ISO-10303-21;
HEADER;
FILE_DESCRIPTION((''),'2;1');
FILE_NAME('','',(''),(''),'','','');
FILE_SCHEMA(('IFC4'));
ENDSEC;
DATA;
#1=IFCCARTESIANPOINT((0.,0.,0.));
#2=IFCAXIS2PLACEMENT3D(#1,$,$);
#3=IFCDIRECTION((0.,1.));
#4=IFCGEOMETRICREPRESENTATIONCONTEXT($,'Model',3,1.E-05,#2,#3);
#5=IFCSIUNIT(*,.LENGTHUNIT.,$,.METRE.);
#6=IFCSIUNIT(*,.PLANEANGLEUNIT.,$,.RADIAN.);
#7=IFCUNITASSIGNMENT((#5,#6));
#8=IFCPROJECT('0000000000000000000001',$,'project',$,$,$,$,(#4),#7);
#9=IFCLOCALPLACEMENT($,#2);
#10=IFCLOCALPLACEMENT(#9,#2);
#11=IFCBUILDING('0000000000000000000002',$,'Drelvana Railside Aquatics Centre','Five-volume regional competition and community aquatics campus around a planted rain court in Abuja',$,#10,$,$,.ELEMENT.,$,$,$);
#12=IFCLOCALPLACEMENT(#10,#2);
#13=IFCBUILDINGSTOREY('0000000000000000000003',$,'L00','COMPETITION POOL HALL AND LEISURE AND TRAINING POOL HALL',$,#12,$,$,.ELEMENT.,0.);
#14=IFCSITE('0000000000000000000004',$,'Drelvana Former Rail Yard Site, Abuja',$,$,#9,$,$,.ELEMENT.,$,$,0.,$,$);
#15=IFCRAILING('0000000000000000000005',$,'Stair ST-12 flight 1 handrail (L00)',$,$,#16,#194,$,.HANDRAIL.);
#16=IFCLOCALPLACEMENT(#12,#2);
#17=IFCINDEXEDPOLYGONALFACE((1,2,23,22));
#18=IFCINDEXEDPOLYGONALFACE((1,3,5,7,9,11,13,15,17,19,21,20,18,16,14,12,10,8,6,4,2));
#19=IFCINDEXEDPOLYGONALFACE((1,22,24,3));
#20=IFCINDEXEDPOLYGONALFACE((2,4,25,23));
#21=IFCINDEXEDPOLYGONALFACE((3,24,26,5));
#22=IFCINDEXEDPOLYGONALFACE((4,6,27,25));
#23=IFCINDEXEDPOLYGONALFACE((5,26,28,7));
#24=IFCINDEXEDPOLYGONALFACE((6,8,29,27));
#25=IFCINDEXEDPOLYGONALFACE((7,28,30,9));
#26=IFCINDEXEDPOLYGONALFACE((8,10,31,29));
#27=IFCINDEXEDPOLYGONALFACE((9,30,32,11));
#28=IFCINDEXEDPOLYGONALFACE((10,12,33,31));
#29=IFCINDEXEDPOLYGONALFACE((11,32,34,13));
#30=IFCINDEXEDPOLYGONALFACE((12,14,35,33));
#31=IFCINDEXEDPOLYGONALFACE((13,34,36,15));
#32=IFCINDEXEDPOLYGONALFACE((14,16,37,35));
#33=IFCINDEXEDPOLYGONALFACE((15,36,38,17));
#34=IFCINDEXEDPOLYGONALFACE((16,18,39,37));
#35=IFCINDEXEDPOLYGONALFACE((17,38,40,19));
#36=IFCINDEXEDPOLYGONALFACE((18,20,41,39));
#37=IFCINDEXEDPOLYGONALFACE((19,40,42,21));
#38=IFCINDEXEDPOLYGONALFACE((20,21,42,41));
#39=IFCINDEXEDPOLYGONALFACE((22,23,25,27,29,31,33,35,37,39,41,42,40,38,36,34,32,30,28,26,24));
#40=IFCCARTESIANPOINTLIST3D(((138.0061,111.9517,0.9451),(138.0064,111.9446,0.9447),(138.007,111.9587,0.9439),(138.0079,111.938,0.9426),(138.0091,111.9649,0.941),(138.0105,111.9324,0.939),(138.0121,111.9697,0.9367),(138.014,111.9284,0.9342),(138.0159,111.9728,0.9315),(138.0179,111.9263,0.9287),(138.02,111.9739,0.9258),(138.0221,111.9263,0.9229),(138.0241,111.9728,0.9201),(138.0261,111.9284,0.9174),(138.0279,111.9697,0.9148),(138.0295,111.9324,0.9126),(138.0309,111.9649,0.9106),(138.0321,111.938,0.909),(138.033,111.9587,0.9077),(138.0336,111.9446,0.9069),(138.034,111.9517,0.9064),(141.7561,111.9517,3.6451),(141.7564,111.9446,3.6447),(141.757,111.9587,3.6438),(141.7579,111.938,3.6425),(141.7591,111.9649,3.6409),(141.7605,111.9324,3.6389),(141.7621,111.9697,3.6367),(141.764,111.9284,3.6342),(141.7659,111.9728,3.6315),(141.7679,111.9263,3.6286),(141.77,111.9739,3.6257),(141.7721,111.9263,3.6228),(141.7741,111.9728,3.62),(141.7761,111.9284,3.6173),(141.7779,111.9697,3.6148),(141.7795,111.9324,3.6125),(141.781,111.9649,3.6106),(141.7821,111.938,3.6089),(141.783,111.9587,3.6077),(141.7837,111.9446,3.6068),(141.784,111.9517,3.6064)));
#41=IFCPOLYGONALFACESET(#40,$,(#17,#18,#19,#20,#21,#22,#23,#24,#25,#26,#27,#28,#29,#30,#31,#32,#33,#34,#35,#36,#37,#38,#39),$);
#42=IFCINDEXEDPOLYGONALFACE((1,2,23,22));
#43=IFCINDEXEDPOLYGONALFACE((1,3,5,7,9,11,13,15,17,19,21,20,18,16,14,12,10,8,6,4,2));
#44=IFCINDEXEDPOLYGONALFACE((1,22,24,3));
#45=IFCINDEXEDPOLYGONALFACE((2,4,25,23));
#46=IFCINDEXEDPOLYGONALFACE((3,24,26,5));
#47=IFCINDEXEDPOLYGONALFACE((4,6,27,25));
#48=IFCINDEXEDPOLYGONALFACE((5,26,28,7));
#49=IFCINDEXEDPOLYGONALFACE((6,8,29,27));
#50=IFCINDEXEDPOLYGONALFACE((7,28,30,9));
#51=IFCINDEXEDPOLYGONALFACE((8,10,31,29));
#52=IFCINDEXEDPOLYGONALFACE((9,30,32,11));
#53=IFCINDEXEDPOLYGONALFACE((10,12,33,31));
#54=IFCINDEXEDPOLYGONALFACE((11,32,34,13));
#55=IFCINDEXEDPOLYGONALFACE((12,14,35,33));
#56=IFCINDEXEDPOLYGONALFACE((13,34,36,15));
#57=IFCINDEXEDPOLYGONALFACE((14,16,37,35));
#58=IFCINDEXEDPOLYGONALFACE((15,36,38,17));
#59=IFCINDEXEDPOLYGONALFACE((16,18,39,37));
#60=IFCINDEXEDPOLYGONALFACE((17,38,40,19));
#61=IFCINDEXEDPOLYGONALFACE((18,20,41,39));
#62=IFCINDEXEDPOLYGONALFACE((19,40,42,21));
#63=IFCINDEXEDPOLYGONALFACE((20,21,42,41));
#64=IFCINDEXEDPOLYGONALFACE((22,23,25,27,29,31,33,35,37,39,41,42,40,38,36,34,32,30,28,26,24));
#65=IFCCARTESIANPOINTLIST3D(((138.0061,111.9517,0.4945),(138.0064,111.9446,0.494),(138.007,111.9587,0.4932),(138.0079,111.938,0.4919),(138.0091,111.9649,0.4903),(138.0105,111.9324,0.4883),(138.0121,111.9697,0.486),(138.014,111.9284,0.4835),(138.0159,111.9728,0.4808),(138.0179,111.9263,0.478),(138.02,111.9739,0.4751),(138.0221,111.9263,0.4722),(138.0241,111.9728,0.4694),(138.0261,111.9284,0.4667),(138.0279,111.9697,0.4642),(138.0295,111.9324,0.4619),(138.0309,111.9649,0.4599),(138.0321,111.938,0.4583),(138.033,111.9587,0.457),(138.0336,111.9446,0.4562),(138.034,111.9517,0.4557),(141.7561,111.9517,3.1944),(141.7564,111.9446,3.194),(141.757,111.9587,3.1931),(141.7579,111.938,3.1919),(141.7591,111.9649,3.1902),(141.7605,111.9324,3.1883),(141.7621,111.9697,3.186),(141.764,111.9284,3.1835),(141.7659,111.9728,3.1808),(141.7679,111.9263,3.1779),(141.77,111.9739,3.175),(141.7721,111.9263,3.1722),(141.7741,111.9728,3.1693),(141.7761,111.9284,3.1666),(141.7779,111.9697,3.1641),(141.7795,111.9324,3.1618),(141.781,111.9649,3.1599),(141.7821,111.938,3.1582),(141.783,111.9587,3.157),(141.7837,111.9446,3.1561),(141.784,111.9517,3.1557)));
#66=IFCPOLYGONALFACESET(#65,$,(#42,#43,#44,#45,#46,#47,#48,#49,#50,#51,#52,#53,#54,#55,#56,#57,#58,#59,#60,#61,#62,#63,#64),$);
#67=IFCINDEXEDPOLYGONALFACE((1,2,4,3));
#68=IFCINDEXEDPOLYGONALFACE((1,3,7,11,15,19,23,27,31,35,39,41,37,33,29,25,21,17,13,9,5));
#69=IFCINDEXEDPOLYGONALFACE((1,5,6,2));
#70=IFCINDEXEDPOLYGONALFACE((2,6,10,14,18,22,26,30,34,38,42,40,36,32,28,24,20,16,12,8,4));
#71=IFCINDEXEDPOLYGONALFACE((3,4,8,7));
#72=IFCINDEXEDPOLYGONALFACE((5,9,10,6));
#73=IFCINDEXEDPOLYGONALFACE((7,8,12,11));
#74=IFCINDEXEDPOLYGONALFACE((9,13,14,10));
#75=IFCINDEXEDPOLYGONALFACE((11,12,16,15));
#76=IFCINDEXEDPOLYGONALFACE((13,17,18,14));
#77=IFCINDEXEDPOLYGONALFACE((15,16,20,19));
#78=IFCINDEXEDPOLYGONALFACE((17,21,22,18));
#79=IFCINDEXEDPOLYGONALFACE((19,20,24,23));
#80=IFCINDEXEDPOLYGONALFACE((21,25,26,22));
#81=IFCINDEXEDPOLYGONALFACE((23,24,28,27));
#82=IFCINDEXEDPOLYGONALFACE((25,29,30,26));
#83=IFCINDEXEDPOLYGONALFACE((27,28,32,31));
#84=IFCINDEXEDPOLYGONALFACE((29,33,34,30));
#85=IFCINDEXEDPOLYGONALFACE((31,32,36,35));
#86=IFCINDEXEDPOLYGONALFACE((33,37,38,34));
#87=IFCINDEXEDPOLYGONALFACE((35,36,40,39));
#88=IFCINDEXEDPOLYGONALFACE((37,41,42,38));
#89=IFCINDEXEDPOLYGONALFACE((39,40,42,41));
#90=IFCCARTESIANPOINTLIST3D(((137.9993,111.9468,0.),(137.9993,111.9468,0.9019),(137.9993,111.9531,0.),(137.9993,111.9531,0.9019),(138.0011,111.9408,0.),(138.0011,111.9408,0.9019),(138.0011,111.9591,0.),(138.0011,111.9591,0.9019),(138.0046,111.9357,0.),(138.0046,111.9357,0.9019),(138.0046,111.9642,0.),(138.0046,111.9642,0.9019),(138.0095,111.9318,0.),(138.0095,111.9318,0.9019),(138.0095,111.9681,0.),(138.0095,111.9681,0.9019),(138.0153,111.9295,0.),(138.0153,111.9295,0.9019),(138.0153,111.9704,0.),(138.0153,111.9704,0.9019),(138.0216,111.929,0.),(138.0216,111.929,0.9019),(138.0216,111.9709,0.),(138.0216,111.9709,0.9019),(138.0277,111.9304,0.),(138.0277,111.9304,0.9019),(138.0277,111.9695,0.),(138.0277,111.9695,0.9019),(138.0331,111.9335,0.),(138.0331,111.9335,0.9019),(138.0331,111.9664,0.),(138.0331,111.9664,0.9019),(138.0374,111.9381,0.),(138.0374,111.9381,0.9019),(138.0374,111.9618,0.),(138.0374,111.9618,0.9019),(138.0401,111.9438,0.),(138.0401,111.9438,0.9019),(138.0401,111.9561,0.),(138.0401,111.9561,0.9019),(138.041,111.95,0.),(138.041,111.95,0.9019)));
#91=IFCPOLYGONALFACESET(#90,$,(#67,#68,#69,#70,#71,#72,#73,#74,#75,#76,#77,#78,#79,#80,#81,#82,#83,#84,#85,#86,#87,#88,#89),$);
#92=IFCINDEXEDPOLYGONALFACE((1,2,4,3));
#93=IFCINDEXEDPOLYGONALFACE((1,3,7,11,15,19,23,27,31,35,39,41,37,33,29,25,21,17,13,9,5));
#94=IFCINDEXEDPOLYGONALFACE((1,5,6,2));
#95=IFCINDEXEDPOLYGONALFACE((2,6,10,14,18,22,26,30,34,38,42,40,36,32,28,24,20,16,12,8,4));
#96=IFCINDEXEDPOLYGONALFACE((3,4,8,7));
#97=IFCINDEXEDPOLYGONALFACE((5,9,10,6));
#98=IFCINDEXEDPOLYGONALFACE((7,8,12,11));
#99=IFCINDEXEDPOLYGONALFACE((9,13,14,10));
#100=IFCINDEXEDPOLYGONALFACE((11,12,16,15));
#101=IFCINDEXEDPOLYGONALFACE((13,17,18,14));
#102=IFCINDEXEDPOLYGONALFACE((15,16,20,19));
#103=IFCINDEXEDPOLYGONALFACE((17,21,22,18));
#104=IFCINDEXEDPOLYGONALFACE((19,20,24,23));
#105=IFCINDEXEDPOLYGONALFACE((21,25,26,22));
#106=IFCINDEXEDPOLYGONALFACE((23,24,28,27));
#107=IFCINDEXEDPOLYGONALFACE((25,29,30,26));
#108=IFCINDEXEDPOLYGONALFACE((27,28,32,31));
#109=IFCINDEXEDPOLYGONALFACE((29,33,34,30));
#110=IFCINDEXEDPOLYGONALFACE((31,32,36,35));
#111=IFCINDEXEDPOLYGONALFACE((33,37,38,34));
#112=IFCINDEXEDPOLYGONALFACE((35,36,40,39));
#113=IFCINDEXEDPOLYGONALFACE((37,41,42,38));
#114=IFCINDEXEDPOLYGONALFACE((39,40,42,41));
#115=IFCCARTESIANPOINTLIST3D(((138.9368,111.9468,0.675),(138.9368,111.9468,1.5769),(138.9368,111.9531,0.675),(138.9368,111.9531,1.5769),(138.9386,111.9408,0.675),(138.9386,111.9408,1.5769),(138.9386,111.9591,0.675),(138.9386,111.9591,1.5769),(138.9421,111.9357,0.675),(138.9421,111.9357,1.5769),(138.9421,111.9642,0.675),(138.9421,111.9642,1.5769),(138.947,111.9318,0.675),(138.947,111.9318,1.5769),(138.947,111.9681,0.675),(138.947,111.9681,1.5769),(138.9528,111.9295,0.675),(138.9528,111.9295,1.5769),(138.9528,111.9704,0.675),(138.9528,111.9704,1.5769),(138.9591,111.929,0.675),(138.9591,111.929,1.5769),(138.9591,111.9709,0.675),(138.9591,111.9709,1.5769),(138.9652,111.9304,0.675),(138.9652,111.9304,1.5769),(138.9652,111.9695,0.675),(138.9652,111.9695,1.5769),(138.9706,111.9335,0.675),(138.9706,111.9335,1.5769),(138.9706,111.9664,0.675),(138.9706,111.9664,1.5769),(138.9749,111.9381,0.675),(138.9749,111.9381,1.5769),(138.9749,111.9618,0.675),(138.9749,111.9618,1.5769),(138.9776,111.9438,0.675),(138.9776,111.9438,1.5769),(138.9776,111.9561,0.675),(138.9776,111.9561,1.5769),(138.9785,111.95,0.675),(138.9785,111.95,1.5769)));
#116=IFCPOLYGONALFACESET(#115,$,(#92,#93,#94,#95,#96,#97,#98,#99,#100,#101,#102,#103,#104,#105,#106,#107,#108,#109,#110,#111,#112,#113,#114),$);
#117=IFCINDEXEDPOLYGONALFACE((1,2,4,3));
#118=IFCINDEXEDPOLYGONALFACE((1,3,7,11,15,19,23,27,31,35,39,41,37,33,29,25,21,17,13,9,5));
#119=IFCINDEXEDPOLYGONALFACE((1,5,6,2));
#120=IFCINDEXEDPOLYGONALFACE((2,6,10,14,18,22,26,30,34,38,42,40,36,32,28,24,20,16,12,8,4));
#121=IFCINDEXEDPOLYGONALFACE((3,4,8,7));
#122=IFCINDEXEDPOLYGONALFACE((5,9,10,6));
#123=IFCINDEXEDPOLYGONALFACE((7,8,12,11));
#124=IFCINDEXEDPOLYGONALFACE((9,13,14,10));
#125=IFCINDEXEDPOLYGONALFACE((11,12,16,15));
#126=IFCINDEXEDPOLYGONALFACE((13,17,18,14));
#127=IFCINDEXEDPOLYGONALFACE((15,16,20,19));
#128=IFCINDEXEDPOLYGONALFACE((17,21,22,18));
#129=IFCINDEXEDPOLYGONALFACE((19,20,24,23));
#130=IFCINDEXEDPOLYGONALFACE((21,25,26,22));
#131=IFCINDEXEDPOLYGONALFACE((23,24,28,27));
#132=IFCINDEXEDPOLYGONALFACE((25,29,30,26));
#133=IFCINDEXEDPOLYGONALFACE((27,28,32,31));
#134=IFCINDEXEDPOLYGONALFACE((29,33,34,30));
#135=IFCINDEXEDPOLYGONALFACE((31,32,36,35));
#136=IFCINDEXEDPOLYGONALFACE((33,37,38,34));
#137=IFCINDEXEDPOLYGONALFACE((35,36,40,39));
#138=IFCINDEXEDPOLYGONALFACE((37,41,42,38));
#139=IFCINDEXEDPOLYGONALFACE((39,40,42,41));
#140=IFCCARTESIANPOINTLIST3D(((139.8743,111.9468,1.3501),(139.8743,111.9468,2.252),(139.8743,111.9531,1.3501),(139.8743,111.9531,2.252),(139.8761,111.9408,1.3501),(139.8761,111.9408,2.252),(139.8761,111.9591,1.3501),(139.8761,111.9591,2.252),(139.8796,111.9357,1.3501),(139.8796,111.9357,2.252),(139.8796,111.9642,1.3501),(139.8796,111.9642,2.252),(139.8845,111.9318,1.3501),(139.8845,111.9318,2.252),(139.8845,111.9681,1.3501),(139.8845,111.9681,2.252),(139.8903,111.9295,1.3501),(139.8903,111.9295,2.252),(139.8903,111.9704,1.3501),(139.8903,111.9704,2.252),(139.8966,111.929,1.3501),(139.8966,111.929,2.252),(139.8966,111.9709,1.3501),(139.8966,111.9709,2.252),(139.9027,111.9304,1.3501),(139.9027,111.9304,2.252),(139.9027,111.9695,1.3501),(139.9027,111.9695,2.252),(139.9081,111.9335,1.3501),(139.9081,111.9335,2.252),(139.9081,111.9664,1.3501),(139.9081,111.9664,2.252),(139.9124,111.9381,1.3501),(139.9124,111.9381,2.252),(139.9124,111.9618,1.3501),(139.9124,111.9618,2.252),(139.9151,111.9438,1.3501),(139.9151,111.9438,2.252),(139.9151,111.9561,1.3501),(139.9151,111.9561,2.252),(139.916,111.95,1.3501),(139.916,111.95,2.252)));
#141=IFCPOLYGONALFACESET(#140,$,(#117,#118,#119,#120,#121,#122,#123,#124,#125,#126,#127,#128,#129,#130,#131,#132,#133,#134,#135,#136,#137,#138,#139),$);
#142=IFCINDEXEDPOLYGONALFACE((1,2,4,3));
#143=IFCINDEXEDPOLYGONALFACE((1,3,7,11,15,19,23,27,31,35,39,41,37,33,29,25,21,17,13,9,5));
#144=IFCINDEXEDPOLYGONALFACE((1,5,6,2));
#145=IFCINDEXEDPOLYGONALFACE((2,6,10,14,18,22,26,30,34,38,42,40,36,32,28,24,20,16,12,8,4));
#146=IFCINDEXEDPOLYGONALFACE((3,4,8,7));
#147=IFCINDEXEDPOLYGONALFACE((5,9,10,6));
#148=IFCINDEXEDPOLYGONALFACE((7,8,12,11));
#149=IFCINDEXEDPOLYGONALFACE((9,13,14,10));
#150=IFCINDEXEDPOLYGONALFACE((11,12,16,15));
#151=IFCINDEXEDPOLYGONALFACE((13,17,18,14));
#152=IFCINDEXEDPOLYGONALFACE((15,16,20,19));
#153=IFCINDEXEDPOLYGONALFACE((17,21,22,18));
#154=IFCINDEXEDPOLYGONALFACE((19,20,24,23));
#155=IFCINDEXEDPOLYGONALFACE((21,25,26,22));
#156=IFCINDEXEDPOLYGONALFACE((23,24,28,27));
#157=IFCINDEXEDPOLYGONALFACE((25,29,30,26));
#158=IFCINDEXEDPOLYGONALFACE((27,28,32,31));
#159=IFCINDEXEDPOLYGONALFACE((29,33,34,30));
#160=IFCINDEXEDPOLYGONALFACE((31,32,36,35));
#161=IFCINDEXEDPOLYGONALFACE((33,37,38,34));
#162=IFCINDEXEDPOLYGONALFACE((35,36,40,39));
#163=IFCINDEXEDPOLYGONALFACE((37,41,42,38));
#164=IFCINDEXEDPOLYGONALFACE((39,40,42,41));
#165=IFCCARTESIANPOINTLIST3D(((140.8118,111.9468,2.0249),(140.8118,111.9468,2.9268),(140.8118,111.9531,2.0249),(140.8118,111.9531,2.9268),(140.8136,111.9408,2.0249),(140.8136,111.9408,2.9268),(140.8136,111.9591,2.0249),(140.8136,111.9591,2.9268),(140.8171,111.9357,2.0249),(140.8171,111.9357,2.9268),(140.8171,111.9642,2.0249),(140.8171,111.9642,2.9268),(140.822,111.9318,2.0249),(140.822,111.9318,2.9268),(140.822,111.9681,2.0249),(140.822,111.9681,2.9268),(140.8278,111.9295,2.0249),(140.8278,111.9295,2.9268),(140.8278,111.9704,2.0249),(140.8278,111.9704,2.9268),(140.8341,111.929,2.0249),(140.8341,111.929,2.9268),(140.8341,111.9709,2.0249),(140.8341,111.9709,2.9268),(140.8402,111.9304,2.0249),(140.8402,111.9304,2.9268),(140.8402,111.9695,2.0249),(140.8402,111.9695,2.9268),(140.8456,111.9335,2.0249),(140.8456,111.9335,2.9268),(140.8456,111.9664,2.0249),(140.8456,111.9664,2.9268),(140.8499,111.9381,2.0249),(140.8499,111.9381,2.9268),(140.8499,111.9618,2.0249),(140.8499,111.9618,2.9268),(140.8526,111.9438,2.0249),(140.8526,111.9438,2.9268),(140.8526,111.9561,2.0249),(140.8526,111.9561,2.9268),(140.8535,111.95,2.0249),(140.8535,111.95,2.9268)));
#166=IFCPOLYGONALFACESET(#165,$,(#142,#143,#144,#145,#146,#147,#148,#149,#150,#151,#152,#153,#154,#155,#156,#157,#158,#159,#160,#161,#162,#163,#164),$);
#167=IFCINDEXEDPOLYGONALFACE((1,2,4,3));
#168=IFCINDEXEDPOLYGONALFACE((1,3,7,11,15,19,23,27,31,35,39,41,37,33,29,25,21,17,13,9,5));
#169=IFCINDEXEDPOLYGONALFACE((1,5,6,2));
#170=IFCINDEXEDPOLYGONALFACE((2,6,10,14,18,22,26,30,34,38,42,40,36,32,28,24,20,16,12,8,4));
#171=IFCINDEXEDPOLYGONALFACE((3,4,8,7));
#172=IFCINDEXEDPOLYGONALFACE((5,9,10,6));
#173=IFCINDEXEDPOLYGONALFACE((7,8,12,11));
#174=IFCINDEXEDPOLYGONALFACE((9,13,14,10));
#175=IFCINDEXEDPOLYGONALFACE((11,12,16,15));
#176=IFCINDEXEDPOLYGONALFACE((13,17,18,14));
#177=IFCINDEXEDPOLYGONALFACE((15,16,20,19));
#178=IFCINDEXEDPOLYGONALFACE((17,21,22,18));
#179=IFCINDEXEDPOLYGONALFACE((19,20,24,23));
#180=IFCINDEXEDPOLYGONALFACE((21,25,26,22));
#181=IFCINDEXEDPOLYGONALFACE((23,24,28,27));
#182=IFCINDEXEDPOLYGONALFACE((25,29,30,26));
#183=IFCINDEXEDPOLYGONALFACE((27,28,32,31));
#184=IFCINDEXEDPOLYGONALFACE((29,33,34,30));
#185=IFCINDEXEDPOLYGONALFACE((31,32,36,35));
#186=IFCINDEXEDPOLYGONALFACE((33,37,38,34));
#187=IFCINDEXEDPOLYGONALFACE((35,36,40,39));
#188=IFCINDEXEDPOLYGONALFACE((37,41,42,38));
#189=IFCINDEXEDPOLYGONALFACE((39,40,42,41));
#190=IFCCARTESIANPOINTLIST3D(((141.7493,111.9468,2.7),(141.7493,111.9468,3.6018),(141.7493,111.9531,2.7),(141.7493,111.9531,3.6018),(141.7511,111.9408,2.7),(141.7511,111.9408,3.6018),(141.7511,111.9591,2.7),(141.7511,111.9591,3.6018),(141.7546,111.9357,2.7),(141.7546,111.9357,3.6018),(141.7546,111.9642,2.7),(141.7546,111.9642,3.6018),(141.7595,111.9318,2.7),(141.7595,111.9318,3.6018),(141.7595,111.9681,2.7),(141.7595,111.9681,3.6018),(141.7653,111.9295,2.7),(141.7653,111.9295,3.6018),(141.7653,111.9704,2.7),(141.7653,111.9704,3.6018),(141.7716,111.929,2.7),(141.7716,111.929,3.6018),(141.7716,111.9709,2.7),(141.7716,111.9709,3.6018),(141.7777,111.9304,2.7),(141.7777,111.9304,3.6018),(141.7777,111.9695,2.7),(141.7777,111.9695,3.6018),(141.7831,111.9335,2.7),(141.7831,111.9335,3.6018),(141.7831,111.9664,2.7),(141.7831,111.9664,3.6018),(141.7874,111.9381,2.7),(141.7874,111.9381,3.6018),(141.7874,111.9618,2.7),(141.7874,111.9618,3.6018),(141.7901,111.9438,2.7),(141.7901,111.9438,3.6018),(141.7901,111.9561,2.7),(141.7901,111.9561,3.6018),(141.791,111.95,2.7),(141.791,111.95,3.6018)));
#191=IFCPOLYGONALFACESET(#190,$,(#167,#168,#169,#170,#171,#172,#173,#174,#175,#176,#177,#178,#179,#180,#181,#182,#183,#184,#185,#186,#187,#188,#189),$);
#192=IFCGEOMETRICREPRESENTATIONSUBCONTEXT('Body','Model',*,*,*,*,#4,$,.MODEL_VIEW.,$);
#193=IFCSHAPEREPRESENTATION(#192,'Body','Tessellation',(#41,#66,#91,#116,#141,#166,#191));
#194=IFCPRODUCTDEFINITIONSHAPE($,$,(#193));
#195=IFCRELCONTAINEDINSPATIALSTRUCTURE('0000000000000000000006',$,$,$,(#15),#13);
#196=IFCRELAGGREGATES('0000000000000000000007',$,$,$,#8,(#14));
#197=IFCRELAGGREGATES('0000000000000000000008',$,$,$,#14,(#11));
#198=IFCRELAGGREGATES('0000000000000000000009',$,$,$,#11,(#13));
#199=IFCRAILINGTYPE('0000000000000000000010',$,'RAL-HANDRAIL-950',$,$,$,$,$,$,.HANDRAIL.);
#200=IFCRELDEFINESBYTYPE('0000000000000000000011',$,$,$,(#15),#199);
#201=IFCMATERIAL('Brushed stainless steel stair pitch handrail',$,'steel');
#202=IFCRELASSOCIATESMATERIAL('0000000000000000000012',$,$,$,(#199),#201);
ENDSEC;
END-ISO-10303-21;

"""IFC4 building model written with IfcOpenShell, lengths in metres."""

from ifc_helpers import new_model, si_unit, direction, frame, origin, origin_2d, place, context, subcontext, project, spatial, circle, extrude, material, type_object, element, save


model = new_model("IFC4")

# Units and contexts
model_context = context("Model", 3, precision=1e-05, world=origin(), true_north=direction((0.0, 1.0)))
body_context = subcontext(model_context, "Body", "Model", "MODEL_VIEW")
ifc_project = project(units=[si_unit("LENGTHUNIT", "METRE"), si_unit("PLANEANGLEUNIT", "RADIAN")], contexts=[model_context])

# Site, building, storey
site_placement = place(None, origin())
site = spatial("IfcSite", under=ifc_project, at=site_placement, Name="Drelvana Former Rail Yard Site, Abuja", CompositionType="ELEMENT", RefElevation=0.0)
building_placement = place(site_placement, origin())
building = spatial("IfcBuilding", under=site, at=building_placement, Name="Drelvana Railside Aquatics Centre", Description="Five-volume regional competition and community aquatics campus around a planted rain court in Abuja", CompositionType="ELEMENT")
storey_placement = place(building_placement, origin())
storey = spatial("IfcBuildingStorey", under=building, at=storey_placement, Name="L00", Description="COMPETITION POOL HALL AND LEISURE AND TRAINING POOL HALL", CompositionType="ELEMENT", Elevation=0.0)

# Railing
ifc_material_1 = material(Name="Brushed stainless steel stair pitch handrail", Category="steel")
railing_type = type_object("IfcRailingType", Name="RAL-HANDRAIL-950", PredefinedType="HANDRAIL", material=ifc_material_1)
railing_1_placement = place(storey_placement, frame((138.02, 111.95, 0.0)))
element("IfcRailing", 1, at=railing_1_placement, inside=storey, type_object=railing_type, Name="Stair ST-12 flight 1 handrail (L00)", PredefinedType="HANDRAIL", context=body_context, shape_type="SweptSolid", body=[
    extrude(circle(Radius=0.0239, at=origin_2d()), frame((0.0, 0.0, 0.9258), z_axis=(0.811539, 0.0, 0.584298), x_axis=(0.0, 1.0, 0.0)), (0.0, 0.0, 1.0), 4.6208),
    extrude(circle(Radius=0.0239, at=origin_2d()), frame((0.0, 0.0, 0.4751), z_axis=(0.811539, 0.0, 0.584298), x_axis=(0.0, 1.0, 0.0)), (0.0, 0.0, 1.0), 4.6208),
    extrude(circle(Radius=0.021, at=origin_2d()), origin(), (0.0, 0.0, 1.0), 0.9019),
    extrude(circle(Radius=0.021, at=origin_2d()), frame((0.9375, 0.0, 0.675)), (0.0, 0.0, 1.0), 0.9019),
    extrude(circle(Radius=0.021, at=origin_2d()), frame((1.875, 0.0, 1.3501)), (0.0, 0.0, 1.0), 0.9019),
    extrude(circle(Radius=0.021, at=origin_2d()), frame((2.8125, 0.0, 2.0249)), (0.0, 0.0, 1.0), 0.9019),
    extrude(circle(Radius=0.021, at=origin_2d()), frame((3.75, 0.0, 2.7)), (0.0, 0.0, 1.0), 0.9019),
])

save(model, "model.ifc")
